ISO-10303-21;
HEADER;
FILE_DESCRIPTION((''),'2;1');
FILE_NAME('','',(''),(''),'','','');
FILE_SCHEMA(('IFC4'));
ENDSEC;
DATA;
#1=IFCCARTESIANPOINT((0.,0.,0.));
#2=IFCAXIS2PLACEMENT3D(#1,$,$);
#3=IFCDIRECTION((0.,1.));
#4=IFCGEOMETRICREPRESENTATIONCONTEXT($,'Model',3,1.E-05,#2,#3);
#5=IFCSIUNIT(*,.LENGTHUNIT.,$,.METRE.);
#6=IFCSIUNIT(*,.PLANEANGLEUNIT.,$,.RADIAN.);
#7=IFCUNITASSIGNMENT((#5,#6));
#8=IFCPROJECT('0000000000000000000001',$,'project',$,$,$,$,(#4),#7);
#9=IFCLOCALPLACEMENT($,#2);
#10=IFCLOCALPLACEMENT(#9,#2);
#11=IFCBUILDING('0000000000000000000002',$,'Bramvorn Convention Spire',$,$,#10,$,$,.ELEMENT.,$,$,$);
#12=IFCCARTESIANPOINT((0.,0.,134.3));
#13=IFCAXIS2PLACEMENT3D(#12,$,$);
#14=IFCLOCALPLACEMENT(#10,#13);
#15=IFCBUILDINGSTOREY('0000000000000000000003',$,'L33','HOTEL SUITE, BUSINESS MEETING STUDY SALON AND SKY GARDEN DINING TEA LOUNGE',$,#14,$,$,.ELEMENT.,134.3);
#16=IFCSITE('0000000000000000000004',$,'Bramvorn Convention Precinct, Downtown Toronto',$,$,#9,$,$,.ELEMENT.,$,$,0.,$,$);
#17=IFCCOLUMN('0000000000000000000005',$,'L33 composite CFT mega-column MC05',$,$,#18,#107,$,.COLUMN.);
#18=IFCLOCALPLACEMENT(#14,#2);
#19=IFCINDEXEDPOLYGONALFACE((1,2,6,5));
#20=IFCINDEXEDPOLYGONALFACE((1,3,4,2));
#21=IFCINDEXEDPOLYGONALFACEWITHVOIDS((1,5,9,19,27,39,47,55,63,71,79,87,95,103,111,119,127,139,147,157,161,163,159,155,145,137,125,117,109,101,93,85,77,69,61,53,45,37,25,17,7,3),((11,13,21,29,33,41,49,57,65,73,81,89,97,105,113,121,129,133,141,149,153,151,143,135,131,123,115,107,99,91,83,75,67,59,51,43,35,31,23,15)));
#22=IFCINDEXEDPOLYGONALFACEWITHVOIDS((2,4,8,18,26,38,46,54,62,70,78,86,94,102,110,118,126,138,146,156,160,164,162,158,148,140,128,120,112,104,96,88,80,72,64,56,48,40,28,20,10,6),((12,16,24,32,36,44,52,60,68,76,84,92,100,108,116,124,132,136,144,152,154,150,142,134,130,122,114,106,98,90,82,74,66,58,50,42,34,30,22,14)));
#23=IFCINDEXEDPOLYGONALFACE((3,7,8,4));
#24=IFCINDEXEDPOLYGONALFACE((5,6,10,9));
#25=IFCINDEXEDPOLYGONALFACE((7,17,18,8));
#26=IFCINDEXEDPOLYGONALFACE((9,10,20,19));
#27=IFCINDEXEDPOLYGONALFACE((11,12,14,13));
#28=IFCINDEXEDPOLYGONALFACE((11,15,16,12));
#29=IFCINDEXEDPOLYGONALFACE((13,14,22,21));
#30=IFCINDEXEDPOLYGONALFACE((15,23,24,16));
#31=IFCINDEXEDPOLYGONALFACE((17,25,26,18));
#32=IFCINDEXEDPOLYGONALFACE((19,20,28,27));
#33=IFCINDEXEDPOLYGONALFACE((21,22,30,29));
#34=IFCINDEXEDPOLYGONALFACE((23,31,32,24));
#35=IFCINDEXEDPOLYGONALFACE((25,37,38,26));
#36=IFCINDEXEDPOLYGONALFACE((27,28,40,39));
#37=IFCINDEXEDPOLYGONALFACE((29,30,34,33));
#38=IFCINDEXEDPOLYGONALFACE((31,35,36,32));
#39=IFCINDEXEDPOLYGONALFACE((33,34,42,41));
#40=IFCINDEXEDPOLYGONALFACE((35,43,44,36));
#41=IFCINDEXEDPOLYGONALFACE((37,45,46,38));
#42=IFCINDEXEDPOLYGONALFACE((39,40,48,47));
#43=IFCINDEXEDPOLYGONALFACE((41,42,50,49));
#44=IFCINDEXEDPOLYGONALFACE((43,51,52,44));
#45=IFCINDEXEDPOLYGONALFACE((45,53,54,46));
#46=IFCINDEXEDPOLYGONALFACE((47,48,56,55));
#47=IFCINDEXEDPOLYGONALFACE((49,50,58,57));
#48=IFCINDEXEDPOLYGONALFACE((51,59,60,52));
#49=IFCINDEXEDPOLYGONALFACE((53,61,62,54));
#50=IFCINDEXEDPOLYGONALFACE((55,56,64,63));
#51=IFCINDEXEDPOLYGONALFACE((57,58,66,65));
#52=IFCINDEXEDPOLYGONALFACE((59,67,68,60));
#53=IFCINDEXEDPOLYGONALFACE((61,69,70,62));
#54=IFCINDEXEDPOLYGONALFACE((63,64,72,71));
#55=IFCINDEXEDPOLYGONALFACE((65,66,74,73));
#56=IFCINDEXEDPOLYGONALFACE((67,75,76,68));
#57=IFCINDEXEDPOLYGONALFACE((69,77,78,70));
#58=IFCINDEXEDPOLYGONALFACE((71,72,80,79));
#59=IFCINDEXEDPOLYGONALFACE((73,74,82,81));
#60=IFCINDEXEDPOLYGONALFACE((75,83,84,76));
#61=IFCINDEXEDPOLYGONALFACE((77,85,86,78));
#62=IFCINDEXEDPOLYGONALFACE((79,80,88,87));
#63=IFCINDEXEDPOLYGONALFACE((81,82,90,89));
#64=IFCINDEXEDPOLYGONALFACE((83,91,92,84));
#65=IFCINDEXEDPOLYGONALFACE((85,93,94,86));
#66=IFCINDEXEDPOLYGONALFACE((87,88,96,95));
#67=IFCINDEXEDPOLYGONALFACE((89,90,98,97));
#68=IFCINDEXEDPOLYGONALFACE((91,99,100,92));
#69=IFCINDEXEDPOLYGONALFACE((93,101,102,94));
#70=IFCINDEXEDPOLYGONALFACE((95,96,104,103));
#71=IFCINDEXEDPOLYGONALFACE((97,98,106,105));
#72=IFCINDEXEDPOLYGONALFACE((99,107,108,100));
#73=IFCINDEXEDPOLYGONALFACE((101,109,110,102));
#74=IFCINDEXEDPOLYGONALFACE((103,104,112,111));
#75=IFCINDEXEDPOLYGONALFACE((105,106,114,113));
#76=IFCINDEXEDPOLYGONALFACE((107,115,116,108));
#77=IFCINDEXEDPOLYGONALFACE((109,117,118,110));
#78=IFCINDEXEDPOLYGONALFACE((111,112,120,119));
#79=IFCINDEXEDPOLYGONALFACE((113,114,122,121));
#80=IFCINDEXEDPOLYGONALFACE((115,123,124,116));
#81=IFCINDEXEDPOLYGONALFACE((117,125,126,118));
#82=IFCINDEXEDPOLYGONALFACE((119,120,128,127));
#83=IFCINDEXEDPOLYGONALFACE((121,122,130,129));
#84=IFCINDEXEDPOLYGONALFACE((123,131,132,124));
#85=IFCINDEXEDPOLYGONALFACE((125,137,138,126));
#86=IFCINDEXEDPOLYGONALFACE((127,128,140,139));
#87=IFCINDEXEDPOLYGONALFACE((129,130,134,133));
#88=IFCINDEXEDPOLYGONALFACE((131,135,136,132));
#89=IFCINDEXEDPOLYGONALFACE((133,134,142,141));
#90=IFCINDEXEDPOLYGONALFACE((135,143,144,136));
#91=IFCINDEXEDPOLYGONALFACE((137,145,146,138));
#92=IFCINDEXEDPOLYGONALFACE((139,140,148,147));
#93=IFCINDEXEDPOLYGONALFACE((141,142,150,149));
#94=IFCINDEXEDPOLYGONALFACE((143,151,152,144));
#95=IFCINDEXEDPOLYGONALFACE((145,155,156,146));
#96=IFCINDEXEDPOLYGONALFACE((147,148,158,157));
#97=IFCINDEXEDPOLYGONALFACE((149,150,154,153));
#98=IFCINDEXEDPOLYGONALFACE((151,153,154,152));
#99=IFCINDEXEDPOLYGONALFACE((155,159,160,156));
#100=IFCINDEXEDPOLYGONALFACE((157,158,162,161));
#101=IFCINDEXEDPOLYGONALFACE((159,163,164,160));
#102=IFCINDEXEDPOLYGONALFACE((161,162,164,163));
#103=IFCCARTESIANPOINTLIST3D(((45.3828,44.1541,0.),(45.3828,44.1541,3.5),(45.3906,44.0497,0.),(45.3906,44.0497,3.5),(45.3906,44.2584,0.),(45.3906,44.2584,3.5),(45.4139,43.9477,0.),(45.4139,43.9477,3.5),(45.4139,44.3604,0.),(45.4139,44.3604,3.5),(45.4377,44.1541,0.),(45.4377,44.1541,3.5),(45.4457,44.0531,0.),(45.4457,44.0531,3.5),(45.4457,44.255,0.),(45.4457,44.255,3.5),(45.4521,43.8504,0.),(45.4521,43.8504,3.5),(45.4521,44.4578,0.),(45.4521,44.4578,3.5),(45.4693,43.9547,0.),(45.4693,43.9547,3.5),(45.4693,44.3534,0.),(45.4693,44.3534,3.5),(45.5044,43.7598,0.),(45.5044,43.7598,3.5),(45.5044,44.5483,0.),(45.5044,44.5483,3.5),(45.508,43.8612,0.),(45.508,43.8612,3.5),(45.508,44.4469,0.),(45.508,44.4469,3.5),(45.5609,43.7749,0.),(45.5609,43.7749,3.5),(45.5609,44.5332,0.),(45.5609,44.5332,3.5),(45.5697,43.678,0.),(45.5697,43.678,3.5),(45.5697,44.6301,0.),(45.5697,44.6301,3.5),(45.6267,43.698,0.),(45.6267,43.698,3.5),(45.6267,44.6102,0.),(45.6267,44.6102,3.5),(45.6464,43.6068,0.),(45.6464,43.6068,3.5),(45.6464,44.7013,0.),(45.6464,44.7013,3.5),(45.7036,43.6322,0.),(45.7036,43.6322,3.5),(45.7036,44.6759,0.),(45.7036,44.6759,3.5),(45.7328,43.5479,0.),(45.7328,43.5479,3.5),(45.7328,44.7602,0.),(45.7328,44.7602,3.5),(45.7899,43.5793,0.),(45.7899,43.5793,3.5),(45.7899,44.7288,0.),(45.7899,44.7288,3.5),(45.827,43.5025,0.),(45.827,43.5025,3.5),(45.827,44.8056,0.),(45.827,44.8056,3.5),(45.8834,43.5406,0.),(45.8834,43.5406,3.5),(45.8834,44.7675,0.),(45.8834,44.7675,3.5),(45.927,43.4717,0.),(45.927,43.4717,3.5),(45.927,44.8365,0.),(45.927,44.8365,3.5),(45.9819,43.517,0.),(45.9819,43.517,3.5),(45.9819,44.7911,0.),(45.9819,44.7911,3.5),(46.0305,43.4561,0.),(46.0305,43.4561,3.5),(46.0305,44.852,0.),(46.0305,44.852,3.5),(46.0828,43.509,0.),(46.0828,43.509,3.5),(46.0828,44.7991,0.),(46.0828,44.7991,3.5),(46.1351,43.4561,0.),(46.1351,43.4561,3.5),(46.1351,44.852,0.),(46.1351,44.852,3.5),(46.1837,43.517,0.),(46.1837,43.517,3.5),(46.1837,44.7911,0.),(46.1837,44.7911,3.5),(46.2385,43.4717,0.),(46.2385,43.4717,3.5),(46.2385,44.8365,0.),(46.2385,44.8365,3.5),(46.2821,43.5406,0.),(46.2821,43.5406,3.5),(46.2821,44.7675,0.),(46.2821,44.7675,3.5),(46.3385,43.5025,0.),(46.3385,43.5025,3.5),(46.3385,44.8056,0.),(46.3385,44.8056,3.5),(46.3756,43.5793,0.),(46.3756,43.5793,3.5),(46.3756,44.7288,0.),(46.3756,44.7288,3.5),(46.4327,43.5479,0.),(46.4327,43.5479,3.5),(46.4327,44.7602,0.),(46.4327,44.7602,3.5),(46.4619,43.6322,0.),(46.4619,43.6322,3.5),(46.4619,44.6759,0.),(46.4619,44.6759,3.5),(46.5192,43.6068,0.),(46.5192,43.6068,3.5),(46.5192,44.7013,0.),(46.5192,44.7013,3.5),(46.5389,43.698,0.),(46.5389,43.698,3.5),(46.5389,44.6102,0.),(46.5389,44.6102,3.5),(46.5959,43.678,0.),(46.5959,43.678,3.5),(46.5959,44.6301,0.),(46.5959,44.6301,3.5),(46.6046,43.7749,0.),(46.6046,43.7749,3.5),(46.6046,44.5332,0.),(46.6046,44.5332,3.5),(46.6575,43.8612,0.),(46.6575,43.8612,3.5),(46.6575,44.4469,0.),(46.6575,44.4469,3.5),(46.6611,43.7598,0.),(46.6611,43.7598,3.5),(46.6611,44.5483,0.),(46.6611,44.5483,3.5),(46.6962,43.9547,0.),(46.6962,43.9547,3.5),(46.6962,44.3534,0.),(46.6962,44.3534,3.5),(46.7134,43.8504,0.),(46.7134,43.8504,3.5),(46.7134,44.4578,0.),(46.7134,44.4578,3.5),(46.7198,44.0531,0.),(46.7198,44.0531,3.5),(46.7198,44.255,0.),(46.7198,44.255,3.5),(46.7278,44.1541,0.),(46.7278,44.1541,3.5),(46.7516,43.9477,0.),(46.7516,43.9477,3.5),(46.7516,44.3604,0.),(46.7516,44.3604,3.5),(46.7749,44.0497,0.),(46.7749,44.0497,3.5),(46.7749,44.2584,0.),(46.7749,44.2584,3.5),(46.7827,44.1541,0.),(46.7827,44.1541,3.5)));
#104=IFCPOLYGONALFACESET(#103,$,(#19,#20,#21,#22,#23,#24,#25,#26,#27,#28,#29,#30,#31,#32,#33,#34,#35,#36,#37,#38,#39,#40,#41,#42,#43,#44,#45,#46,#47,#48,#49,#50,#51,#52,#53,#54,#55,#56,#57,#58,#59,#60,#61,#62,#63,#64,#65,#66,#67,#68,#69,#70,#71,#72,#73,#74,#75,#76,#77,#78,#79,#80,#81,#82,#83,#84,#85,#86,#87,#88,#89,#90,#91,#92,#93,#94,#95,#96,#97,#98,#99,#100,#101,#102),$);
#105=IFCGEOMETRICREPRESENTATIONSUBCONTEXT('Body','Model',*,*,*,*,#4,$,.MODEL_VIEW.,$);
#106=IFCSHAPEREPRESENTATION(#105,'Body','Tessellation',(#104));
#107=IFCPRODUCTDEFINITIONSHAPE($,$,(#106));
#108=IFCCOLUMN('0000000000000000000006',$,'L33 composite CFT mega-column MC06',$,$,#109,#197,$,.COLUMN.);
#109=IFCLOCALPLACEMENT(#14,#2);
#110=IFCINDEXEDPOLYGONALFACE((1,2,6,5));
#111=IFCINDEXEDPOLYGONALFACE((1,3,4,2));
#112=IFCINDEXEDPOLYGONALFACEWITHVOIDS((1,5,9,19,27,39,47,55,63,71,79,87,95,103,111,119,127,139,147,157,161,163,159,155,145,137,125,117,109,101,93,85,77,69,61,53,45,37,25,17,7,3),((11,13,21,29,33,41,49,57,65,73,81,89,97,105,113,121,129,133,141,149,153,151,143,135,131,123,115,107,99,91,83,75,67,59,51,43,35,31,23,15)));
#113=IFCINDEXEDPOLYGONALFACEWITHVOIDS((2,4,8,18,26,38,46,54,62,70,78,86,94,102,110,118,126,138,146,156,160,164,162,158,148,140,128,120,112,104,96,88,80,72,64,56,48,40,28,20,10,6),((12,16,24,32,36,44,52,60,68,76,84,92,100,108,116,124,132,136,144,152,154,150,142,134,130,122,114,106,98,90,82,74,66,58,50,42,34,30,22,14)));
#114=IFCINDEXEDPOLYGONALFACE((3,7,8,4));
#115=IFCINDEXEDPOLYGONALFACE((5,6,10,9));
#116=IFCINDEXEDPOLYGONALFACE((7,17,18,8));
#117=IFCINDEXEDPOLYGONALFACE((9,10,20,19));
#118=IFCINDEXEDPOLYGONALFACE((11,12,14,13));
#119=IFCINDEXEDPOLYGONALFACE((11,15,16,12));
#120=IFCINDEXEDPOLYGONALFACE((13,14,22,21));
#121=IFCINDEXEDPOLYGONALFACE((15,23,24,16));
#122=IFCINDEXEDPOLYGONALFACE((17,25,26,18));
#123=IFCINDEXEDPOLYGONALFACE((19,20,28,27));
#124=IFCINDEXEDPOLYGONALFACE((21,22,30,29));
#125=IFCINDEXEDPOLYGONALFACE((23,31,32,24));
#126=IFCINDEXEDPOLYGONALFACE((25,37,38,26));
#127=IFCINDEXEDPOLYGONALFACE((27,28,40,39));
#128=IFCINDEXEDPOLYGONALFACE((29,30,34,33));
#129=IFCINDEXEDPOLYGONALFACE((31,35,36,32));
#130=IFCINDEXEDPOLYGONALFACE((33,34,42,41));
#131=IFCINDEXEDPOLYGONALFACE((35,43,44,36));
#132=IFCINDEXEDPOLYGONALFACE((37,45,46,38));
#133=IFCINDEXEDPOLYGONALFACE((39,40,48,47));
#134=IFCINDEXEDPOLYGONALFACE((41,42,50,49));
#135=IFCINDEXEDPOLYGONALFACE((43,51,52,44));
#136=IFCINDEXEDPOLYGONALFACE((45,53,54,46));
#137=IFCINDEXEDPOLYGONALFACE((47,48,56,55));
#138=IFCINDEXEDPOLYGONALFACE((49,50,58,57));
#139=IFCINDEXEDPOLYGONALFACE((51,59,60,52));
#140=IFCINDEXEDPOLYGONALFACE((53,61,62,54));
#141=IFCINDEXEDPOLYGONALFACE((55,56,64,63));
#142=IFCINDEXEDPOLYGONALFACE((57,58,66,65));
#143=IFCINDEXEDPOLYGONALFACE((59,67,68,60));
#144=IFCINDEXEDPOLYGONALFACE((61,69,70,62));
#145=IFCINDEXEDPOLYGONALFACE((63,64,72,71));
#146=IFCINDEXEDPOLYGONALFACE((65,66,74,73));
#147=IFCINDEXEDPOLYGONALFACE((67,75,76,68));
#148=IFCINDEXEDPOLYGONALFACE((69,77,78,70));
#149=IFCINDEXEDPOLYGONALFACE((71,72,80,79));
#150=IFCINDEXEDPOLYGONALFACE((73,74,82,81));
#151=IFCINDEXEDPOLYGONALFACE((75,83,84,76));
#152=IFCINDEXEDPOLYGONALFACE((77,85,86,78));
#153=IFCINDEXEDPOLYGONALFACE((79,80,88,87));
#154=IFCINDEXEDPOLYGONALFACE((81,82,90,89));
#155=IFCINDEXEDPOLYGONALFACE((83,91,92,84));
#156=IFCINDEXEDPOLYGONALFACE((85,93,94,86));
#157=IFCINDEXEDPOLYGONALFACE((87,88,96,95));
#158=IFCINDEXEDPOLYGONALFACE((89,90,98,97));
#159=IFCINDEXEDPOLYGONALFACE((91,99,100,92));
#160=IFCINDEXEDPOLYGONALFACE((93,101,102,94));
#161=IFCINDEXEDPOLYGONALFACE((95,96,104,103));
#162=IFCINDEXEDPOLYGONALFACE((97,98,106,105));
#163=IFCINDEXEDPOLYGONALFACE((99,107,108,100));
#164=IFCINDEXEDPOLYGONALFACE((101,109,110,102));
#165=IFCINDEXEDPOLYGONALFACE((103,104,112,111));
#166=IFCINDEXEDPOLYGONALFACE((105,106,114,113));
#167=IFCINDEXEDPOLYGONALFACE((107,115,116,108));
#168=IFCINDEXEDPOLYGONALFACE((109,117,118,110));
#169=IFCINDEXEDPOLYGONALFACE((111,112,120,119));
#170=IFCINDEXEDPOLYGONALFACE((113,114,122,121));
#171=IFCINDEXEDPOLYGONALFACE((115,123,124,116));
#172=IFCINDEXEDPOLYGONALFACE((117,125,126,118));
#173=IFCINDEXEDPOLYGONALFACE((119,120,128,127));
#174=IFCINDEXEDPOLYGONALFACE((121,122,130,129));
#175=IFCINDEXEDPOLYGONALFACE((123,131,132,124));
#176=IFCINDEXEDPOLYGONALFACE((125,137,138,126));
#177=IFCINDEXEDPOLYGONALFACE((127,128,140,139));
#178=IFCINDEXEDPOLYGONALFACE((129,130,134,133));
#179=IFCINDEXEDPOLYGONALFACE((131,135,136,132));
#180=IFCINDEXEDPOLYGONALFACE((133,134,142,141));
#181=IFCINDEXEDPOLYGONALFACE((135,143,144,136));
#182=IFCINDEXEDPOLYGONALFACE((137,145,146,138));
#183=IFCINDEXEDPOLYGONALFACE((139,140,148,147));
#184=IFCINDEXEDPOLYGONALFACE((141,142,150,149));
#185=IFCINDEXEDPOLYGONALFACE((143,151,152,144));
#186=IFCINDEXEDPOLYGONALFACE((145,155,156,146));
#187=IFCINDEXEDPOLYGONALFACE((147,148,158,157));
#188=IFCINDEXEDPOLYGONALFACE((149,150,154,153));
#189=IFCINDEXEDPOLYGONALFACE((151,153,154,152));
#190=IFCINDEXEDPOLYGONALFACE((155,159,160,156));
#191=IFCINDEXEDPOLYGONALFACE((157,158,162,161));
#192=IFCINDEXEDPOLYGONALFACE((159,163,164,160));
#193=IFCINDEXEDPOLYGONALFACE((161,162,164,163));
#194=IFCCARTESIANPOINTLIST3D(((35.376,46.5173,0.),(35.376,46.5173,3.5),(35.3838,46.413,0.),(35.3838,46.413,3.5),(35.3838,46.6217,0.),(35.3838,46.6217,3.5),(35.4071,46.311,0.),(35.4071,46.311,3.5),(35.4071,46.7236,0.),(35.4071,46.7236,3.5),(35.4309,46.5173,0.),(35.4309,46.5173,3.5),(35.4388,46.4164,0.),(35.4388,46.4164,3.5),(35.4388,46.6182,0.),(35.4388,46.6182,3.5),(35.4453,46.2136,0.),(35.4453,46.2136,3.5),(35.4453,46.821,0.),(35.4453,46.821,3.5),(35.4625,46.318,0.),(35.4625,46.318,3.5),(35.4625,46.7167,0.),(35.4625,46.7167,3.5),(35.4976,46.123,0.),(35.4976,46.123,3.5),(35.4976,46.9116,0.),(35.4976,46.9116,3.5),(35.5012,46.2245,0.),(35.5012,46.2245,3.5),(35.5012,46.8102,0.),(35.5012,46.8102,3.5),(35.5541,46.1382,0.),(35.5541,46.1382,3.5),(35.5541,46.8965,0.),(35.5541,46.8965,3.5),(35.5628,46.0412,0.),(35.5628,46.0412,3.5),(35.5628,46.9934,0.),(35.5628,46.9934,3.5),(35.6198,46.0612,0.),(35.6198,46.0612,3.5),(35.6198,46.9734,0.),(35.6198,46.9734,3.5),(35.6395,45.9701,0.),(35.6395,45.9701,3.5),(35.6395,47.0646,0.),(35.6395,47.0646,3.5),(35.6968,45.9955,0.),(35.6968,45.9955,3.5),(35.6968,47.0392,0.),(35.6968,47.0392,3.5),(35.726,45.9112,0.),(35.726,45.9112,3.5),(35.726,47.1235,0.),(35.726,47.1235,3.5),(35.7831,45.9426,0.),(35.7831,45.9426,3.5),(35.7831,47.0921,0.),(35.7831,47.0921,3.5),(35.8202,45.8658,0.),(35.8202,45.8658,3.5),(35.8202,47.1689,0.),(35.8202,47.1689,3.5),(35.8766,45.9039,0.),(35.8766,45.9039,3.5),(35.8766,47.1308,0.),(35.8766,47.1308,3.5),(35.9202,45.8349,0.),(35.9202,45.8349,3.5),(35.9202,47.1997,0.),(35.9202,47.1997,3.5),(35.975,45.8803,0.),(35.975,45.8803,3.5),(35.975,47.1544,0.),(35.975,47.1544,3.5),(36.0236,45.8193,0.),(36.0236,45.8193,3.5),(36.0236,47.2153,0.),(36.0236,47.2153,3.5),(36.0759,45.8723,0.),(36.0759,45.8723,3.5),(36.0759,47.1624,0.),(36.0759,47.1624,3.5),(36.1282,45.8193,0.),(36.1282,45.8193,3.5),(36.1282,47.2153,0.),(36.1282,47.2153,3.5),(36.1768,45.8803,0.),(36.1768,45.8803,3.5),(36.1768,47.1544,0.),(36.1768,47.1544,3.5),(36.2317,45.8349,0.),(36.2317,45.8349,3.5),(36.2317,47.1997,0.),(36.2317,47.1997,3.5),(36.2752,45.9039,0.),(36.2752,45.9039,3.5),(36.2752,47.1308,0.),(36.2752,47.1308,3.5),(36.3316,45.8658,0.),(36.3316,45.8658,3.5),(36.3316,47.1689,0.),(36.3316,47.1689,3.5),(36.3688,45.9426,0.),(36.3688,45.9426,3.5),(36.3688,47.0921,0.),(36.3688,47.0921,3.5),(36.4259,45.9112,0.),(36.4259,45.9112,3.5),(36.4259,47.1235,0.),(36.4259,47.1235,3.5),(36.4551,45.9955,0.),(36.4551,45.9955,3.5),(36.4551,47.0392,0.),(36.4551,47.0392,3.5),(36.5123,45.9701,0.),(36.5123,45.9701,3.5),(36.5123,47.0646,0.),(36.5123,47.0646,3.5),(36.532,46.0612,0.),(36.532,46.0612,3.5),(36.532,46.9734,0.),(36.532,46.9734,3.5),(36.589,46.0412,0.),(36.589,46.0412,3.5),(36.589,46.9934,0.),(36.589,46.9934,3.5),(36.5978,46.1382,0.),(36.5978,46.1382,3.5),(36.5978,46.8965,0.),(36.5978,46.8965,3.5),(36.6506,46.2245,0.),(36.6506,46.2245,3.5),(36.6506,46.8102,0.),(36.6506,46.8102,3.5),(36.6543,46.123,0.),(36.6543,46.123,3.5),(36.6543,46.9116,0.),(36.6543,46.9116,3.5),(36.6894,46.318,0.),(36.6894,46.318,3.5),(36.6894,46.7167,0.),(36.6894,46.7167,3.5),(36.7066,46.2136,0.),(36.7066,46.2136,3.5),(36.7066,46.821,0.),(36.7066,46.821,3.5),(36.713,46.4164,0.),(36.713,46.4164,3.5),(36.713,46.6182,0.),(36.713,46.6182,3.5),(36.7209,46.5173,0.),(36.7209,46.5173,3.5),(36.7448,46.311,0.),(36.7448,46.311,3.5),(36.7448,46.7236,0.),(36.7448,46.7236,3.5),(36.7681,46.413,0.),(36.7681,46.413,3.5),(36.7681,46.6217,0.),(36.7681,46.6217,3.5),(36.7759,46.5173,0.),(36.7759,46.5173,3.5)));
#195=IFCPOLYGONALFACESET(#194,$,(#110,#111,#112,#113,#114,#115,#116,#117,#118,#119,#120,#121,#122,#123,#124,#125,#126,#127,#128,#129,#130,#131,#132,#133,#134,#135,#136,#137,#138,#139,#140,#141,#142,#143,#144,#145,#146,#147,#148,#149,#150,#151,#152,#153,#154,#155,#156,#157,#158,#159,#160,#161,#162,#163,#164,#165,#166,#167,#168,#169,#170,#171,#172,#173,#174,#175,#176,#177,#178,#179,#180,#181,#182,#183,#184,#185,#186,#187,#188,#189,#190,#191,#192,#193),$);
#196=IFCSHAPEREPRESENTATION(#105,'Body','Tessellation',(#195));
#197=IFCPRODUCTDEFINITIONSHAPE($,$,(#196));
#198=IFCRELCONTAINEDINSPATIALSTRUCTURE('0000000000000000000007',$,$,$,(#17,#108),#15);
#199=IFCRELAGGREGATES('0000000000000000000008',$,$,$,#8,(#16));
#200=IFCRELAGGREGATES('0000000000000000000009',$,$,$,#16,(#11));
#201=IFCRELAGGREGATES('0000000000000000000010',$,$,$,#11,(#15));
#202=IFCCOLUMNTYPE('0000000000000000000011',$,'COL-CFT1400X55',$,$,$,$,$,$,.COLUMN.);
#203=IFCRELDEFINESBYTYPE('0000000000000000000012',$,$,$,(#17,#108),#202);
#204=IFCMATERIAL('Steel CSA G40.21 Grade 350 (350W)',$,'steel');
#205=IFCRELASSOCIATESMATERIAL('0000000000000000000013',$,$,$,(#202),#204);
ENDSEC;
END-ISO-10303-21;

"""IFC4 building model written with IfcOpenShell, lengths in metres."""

from ifc_helpers import new_model, si_unit, direction, frame, origin, origin_2d, place, context, subcontext, project, spatial, hollow_circle, extrude, material, material_profile, profile_set, type_object, element, save


model = new_model("IFC4")

# Units and contexts
model_context = context("Model", 3, precision=1e-05, world=origin(), true_north=direction((0.0, 1.0)))
body_context = subcontext(model_context, "Body", "Model", "MODEL_VIEW")
ifc_project = project(units=[si_unit("LENGTHUNIT", "METRE"), si_unit("PLANEANGLEUNIT", "RADIAN")], contexts=[model_context])

# Site, building, storey
site_placement = place(None, origin())
site = spatial("IfcSite", under=ifc_project, at=site_placement, Name="Bramvorn Convention Precinct, Downtown Toronto", CompositionType="ELEMENT", RefElevation=0.0)
building_placement = place(site_placement, origin())
building = spatial("IfcBuilding", under=site, at=building_placement, Name="Bramvorn Convention Spire", CompositionType="ELEMENT")
storey_placement = place(building_placement, frame((0.0, 0.0, 134.3)))
storey = spatial("IfcBuildingStorey", under=building, at=storey_placement, Name="L33", Description="HOTEL SUITE, BUSINESS MEETING STUDY SALON AND SKY GARDEN DINING TEA LOUNGE", CompositionType="ELEMENT", Elevation=134.3)

# Columns
ifc_material_1 = material(Name="Steel CSA G40.21 Grade 350 (350W)", Category="steel")
ifc_material_profile_1 = material_profile(ifc_material_1, hollow_circle(Radius=0.7, WallThickness=0.0549, at=origin_2d()))
ifc_profile_set_1 = profile_set([ifc_material_profile_1], Name="Steel CSA G40.21 Grade 350 (350W) - CFT1400X55")
column_type = type_object("IfcColumnType", Name="COL-CFT1400X55", PredefinedType="COLUMN", material=ifc_profile_set_1)
for number, where, z_axis, x_axis, name in (
    (1, (46.0828, 44.1541, 0.0), (0.0, 0.0, 1.0), (1.0, 0.0, 0.0), "L33 composite CFT mega-column MC05"),
    (2, (36.0759, 46.5173, 0.0), (0.0, 0.0, 1.0), (1.0, 0.0, 0.0), "L33 composite CFT mega-column MC06"),
):
    element("IfcColumn", number, at=place(storey_placement, frame(where, z_axis=z_axis, x_axis=x_axis)), inside=storey, type_object=column_type, Name=name, PredefinedType="COLUMN", context=body_context, shape_type="SweptSolid", body=[
        extrude(hollow_circle(Radius=0.7, WallThickness=0.0549, at=origin_2d()), origin(), (0.0, 0.0, 1.0), 3.5),
    ])

save(model, "model.ifc")
